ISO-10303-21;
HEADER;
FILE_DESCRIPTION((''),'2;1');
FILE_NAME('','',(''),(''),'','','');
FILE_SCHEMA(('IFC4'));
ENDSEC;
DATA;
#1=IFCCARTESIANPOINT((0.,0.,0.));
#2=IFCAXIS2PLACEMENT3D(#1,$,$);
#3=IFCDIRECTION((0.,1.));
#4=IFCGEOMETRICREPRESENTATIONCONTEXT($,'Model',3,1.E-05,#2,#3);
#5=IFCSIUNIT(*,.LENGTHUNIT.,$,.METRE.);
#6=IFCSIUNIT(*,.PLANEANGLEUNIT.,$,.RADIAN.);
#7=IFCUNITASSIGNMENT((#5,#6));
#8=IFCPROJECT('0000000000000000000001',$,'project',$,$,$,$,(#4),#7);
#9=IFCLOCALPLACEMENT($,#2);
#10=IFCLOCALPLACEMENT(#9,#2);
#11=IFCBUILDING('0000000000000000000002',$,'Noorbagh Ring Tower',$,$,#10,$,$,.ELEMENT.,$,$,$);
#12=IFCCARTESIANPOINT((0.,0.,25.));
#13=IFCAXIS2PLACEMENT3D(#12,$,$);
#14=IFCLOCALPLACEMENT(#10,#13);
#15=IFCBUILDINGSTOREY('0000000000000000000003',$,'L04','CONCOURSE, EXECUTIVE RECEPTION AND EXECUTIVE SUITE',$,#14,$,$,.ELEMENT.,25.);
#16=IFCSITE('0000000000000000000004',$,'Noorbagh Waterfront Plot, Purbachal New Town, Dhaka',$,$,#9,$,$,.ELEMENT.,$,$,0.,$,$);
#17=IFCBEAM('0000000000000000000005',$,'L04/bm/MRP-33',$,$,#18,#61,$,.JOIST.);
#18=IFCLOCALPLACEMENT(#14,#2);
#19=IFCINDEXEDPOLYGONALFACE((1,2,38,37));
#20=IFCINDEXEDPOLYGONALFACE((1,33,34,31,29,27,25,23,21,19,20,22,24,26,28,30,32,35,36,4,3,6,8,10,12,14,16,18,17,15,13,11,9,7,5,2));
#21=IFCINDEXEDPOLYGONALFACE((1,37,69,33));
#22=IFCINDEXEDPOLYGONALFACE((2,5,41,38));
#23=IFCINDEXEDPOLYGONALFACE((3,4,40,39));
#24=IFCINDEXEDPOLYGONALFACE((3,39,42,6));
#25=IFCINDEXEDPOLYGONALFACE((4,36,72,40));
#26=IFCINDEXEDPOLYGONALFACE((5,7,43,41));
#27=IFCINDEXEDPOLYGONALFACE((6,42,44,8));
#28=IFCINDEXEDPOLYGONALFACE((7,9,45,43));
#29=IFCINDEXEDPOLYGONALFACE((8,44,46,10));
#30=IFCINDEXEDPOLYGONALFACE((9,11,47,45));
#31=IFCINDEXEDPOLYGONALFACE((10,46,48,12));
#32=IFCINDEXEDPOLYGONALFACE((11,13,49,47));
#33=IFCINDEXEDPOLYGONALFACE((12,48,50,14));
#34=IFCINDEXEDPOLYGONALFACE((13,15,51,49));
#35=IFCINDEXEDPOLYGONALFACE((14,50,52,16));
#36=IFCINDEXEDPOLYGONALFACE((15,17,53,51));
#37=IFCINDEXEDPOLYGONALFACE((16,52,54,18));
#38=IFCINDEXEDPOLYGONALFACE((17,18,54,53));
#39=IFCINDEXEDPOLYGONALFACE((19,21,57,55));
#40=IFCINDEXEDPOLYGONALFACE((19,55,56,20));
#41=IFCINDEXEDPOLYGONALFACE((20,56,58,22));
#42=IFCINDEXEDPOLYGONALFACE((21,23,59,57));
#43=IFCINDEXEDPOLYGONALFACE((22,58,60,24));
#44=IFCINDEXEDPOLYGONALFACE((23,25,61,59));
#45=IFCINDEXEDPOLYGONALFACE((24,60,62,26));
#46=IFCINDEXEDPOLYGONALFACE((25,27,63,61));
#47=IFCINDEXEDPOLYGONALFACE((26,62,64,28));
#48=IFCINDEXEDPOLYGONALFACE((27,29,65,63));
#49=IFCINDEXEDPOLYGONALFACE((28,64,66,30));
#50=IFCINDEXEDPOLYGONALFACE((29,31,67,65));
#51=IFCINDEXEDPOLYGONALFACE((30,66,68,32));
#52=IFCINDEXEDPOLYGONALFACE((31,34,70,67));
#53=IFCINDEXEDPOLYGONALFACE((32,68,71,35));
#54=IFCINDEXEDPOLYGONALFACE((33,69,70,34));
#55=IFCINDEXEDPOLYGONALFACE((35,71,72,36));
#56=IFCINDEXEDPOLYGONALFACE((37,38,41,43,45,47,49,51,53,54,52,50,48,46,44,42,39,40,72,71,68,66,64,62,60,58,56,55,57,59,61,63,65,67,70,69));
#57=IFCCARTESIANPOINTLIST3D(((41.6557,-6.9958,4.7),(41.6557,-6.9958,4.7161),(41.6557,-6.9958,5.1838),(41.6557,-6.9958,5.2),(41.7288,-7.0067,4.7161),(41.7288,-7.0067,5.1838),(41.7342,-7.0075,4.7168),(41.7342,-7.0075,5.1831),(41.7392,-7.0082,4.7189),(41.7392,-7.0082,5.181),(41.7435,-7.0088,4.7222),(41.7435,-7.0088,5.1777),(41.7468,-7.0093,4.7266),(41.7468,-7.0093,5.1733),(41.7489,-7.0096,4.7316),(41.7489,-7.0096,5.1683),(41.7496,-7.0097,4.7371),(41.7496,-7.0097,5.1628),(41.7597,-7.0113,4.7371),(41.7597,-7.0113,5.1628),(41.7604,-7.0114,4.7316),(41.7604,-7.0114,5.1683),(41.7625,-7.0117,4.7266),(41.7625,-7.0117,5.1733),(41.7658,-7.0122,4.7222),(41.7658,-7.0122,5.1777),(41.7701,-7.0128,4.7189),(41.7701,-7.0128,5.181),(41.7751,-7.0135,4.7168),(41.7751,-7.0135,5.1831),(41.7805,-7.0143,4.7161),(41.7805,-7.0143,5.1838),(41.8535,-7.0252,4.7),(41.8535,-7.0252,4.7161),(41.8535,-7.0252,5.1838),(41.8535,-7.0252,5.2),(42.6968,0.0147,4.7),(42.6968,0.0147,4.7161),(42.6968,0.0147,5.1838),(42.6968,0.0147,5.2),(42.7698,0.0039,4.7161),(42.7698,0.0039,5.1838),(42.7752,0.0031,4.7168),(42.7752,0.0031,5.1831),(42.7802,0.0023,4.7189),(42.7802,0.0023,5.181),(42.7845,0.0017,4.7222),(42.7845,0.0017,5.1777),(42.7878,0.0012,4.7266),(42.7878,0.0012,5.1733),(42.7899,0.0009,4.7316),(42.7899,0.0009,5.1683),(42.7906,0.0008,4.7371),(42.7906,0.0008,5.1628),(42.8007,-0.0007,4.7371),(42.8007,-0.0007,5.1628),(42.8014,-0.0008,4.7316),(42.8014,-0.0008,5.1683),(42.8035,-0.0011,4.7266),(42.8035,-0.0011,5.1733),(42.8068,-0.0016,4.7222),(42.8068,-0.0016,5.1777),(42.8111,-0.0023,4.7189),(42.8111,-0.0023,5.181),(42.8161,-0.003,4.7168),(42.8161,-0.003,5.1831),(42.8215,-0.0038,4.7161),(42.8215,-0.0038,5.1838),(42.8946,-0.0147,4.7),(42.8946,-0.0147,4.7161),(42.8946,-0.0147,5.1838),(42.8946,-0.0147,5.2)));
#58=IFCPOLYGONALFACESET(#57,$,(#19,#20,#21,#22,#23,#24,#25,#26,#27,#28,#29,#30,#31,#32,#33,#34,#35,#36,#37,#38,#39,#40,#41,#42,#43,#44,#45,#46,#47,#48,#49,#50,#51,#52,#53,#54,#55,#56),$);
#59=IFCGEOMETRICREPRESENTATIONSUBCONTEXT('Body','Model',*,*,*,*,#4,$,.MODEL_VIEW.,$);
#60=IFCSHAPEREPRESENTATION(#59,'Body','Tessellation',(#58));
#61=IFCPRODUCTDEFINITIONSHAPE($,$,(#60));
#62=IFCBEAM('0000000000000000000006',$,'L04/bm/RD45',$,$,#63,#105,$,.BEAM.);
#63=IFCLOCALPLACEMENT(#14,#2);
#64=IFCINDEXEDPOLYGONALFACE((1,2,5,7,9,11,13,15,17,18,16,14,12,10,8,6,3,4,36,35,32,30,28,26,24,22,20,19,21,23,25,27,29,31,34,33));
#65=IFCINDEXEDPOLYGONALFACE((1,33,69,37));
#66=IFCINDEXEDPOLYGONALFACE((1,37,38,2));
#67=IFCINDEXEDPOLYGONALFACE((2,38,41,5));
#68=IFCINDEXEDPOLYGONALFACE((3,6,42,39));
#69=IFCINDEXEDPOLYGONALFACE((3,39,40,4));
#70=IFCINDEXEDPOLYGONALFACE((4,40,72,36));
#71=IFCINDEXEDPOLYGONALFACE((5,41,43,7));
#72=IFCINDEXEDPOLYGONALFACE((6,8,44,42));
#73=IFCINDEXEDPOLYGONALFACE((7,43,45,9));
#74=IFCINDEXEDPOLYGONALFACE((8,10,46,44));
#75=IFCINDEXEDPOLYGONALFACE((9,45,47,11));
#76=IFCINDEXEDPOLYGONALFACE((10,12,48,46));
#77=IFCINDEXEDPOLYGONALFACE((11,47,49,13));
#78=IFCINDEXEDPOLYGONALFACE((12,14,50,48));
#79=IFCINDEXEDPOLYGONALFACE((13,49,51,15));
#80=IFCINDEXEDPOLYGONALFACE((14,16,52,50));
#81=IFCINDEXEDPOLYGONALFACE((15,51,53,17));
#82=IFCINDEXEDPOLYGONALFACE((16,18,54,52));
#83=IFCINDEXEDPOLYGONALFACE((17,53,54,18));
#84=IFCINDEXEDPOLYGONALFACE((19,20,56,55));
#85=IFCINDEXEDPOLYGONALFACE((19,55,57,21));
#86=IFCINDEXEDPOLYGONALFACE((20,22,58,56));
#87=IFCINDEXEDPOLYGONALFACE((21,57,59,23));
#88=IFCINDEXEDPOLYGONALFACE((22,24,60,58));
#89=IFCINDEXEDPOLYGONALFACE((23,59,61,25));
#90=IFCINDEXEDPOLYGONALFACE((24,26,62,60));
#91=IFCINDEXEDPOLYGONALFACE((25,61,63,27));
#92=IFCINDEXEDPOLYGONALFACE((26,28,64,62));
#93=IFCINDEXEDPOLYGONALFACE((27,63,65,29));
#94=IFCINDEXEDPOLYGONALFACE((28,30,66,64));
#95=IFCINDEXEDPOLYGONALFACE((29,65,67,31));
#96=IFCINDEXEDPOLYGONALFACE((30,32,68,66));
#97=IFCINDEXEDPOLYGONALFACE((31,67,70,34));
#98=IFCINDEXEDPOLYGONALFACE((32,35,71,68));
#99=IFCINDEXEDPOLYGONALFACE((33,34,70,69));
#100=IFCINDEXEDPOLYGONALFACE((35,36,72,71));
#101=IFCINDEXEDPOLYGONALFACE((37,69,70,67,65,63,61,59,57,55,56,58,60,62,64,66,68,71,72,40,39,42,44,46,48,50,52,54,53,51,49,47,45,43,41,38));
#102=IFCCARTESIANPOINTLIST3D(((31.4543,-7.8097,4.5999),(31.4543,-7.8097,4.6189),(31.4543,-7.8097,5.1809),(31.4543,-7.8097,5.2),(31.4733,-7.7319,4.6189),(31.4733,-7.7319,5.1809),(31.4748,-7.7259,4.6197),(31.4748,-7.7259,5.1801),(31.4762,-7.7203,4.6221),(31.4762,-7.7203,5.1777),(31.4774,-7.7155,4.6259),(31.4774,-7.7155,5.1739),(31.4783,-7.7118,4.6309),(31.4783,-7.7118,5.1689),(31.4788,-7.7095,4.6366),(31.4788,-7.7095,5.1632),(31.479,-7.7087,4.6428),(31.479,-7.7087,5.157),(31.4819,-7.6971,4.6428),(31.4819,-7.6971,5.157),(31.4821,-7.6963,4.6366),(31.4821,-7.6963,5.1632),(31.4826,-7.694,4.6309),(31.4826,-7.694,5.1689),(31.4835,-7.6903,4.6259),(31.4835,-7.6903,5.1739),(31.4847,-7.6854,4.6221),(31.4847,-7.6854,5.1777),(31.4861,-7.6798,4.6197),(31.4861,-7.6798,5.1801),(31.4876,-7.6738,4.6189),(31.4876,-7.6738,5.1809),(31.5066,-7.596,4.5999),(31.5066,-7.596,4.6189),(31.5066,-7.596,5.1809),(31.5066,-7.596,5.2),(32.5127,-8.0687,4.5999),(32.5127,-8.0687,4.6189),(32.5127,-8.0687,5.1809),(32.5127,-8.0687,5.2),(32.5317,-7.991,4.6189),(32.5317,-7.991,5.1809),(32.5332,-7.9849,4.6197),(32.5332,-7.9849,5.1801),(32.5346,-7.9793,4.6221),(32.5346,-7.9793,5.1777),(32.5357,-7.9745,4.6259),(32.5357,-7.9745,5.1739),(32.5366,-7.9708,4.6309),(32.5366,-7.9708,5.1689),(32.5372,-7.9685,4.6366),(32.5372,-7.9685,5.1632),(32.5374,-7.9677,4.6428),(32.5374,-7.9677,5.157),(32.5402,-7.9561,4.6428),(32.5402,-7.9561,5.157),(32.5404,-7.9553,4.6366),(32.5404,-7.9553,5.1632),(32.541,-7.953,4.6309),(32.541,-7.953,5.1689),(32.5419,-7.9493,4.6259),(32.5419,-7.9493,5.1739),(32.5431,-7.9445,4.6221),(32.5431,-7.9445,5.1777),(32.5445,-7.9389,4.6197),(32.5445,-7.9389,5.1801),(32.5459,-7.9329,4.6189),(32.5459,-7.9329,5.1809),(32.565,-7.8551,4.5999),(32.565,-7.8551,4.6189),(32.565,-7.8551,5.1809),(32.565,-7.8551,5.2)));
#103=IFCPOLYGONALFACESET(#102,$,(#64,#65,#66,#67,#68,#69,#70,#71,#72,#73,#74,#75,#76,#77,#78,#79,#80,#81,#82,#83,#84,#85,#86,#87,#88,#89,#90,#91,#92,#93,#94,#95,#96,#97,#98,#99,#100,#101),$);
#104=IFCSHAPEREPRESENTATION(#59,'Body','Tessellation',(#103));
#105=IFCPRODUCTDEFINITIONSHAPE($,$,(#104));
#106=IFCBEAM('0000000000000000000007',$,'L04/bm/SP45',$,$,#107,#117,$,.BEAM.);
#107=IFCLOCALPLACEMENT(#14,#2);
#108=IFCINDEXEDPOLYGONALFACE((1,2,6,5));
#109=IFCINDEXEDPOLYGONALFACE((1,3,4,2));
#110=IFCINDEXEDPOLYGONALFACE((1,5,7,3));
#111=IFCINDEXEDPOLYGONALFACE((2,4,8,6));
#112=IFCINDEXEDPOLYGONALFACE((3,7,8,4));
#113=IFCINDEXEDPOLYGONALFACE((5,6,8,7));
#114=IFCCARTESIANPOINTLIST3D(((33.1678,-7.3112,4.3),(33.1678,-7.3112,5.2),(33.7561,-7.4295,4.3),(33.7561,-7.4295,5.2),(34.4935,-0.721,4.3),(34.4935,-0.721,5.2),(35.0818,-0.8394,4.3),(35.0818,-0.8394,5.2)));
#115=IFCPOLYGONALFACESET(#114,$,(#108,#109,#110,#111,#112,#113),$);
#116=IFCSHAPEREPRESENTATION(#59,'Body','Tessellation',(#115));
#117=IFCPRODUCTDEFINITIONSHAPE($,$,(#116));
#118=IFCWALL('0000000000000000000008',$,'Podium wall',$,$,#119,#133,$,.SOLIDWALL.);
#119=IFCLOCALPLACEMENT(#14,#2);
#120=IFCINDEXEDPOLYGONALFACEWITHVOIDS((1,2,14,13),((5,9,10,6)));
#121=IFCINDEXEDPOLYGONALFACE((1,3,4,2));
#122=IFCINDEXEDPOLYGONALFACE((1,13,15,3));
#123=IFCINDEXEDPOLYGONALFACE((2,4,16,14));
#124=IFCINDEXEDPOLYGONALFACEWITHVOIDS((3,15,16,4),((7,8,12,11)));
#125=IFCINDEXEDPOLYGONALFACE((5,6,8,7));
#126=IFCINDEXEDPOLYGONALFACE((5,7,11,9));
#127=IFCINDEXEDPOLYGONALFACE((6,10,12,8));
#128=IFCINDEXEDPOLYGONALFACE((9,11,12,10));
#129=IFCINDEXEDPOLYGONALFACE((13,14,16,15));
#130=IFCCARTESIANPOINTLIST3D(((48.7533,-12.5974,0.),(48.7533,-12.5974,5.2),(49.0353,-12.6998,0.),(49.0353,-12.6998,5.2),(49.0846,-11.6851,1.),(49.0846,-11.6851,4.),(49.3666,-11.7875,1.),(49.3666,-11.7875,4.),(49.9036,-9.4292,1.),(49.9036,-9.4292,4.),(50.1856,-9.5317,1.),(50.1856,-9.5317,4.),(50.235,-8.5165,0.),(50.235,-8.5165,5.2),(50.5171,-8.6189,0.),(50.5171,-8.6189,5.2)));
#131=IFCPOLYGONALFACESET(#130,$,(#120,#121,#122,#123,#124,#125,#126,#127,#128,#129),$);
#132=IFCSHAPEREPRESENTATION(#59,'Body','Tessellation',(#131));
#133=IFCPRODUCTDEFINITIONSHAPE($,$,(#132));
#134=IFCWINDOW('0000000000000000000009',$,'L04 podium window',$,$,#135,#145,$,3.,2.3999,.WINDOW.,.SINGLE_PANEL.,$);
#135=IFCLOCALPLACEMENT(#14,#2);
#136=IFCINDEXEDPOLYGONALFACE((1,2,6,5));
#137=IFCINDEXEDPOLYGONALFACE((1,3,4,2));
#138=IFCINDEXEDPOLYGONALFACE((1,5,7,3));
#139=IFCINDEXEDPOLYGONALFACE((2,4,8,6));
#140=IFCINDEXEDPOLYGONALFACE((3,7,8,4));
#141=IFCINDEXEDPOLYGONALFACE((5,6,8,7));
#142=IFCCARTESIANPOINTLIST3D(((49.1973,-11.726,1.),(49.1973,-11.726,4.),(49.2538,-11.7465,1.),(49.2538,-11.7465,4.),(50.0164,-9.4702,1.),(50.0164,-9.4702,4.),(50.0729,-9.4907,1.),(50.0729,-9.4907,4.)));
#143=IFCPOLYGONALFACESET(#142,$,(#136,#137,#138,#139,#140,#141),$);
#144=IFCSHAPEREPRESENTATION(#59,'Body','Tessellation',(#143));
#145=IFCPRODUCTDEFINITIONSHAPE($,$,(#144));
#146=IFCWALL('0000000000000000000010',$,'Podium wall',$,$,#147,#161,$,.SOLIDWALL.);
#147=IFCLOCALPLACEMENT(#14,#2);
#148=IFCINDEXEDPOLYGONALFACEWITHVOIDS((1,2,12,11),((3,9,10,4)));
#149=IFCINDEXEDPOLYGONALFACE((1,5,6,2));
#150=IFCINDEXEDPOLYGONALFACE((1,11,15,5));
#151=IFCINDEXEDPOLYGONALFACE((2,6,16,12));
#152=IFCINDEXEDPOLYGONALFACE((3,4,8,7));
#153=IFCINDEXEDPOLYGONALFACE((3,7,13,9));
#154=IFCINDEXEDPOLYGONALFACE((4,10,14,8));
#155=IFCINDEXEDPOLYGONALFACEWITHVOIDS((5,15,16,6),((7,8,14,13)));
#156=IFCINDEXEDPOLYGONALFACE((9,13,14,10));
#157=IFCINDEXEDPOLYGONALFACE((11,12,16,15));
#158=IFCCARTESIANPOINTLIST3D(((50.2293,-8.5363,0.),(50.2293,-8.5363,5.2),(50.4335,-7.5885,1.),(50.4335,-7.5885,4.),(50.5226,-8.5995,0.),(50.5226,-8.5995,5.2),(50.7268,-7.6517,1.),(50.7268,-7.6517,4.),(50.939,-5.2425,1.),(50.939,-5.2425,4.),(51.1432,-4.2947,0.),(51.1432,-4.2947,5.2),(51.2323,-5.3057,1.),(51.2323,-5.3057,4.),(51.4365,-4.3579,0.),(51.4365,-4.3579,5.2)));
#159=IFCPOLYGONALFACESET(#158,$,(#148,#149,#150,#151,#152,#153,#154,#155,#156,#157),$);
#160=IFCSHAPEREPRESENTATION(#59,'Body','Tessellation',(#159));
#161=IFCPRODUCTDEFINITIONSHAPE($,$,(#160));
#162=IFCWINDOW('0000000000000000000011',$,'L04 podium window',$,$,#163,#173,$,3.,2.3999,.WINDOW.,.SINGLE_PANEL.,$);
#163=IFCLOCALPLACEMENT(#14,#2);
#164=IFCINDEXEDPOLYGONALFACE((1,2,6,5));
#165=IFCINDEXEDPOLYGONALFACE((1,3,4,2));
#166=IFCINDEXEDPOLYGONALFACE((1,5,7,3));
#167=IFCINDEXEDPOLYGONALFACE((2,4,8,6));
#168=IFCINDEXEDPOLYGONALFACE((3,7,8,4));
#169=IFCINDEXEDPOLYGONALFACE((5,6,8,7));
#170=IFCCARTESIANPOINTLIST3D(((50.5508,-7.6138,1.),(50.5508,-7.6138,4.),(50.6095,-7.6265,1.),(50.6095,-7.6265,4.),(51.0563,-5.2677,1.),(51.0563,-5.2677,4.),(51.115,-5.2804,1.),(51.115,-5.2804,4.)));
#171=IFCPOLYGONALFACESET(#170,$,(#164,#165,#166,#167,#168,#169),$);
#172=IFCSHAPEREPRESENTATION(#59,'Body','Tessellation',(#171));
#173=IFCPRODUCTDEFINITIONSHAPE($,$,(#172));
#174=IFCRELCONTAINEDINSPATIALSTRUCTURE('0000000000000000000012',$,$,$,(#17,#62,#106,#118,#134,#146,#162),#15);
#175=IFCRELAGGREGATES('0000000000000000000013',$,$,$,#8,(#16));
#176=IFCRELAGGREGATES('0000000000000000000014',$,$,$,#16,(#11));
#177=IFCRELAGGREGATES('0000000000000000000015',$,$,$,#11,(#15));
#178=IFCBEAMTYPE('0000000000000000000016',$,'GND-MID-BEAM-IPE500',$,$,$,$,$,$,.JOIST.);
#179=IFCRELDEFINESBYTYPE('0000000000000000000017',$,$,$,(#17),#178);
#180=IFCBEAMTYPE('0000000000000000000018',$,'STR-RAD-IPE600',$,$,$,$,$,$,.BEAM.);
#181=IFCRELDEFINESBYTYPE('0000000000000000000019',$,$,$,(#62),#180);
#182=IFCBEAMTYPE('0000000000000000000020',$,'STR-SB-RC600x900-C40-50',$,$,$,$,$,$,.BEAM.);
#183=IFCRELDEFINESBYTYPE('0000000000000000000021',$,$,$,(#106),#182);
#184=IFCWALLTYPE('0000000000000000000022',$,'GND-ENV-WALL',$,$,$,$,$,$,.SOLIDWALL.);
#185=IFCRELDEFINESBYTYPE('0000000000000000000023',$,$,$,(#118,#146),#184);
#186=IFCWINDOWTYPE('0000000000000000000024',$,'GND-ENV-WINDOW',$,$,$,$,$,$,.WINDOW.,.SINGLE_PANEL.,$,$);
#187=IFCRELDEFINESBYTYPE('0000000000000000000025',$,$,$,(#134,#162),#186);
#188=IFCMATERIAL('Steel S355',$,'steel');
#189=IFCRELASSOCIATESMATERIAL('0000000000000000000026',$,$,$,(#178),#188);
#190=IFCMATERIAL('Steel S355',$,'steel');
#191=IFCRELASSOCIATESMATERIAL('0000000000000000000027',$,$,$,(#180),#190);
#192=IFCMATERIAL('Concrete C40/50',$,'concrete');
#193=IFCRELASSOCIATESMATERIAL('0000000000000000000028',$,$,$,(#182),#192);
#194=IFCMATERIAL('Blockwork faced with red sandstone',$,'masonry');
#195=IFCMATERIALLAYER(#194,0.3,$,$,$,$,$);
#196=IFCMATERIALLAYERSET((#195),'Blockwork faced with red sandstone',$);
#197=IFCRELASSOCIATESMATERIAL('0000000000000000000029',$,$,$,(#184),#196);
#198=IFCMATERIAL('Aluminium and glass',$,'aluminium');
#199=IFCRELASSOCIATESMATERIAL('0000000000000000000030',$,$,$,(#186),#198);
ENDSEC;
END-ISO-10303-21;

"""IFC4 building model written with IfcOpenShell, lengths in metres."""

from ifc_helpers import new_model, si_unit, direction, frame, frame_2d, origin, origin_2d, place, context, subcontext, project, spatial, rectangle, i_section, extrude, material, layer, layer_set, material_profile, profile_set, type_object, element, fill, save


model = new_model("IFC4")

# Units and contexts
model_context = context("Model", 3, precision=1e-05, world=origin(), true_north=direction((0.0, 1.0)))
body_context = subcontext(model_context, "Body", "Model", "MODEL_VIEW")
ifc_project = project(units=[si_unit("LENGTHUNIT", "METRE"), si_unit("PLANEANGLEUNIT", "RADIAN")], contexts=[model_context])

# Site, building, storey
site_placement = place(None, origin())
site = spatial("IfcSite", under=ifc_project, at=site_placement, Name="Noorbagh Waterfront Plot, Purbachal New Town, Dhaka", CompositionType="ELEMENT", RefElevation=0.0)
building_placement = place(site_placement, origin())
building = spatial("IfcBuilding", under=site, at=building_placement, Name="Noorbagh Ring Tower", CompositionType="ELEMENT")
storey_placement = place(building_placement, frame((0.0, 0.0, 25.0)))
storey = spatial("IfcBuildingStorey", under=building, at=storey_placement, Name="L04", Description="CONCOURSE, EXECUTIVE RECEPTION AND EXECUTIVE SUITE", CompositionType="ELEMENT", Elevation=25.0)

# Beams
ifc_material_1 = material(Name="Steel S355", Category="steel")
ifc_material_profile_1 = material_profile(ifc_material_1, i_section(OverallWidth=0.2, OverallDepth=0.5, WebThickness=0.0103, FlangeThickness=0.0161, FilletRadius=0.021, at=origin_2d()), Name="IPE500")
ifc_profile_set_1 = profile_set([ifc_material_profile_1], Name="Steel S355")
beam_type_1 = type_object("IfcBeamType", Name="GND-MID-BEAM-IPE500", PredefinedType="JOIST", material=ifc_profile_set_1)
beam_1_placement = place(storey_placement, frame((41.7546, -7.0105, 4.95), z_axis=(0.146883, 0.989154, 0.0), x_axis=(-0.989154, 0.146883, 0.0)))
element("IfcBeam", 1, at=beam_1_placement, inside=storey, type_object=beam_type_1, Name="L04/bm/MRP-33", PredefinedType="JOIST", context=body_context, shape_type="SweptSolid", body=[
    extrude(i_section(OverallWidth=0.2, OverallDepth=0.5, WebThickness=0.0103, FlangeThickness=0.0161, FilletRadius=0.021, at=origin_2d()), origin(), (0.0, 0.0, 1.0), 7.0874),
])
ifc_material_2 = material(Name="Steel S355", Category="steel")
ifc_material_profile_2 = material_profile(ifc_material_2, i_section(OverallWidth=0.22, OverallDepth=0.6001, WebThickness=0.012, FlangeThickness=0.019, FilletRadius=0.0239, at=origin_2d()), Name="IPE600")
ifc_profile_set_2 = profile_set([ifc_material_profile_2], Name="Steel S355")
beam_type_2 = type_object("IfcBeamType", Name="STR-RAD-IPE600", PredefinedType="BEAM", material=ifc_profile_set_2)
beam_2_placement = place(storey_placement, frame((32.5388, -7.9619, 4.8999), z_axis=(-0.97133, 0.237735, 0.0), x_axis=(-0.237735, -0.97133, 0.0)))
element("IfcBeam", 2, at=beam_2_placement, inside=storey, type_object=beam_type_2, Name="L04/bm/RD45", PredefinedType="BEAM", context=body_context, shape_type="SweptSolid", body=[
    extrude(i_section(OverallWidth=0.22, OverallDepth=0.6001, WebThickness=0.012, FlangeThickness=0.019, FilletRadius=0.0239, at=origin_2d()), origin(), (0.0, 0.0, 1.0), 1.0896),
])
ifc_material_3 = material(Name="Concrete C40/50", Category="concrete")
ifc_material_profile_3 = material_profile(ifc_material_3, rectangle(XDim=0.6001, YDim=0.8999, at=origin_2d()), Name="RC600x900")
ifc_profile_set_3 = profile_set([ifc_material_profile_3], Name="Concrete C40/50")
beam_type_3 = type_object("IfcBeamType", Name="STR-SB-RC600x900-C40-50", PredefinedType="BEAM", material=ifc_profile_set_3)
beam_3_placement = place(storey_placement, frame((33.4619, -7.3704, 4.75), z_axis=(0.197213, 0.980361, 0.0), x_axis=(-0.980361, 0.197213, 0.0)))
element("IfcBeam", 3, at=beam_3_placement, inside=storey, type_object=beam_type_3, Name="L04/bm/SP45", PredefinedType="BEAM", context=body_context, shape_type="SweptSolid", body=[
    extrude(rectangle(XDim=0.6001, YDim=0.8999, at=origin_2d()), origin(), (0.0, 0.0, 1.0), 6.7222),
])

# Walls, openings, windows
ifc_material_4 = material(Name="Blockwork faced with red sandstone", Category="masonry")
ifc_layer_1 = layer(ifc_material_4, 0.3)
ifc_layer_set_1 = layer_set([ifc_layer_1], Name="Blockwork faced with red sandstone")
wall_type_1 = type_object("IfcWallType", Name="GND-ENV-WALL", PredefinedType="SOLIDWALL", material=ifc_layer_set_1)
wall_1_placement = place(storey_placement, frame((48.8943, -12.6487, 0.0), z_axis=(0.0, 0.0, 1.0), x_axis=(0.341287, 0.939959, 0.0)))
wall_1 = element("IfcWall", 4, at=wall_1_placement, inside=storey, type_object=wall_type_1, Name="Podium wall", PredefinedType="SOLIDWALL", context=body_context, shape_type="SweptSolid", body=[
    extrude(rectangle(XDim=4.3416, YDim=0.3, at=frame_2d((2.1709, 0.0))), origin(), (0.0, 0.0, 1.0), 5.2),
])
opening_1_placement = place(wall_1_placement, frame((0.9707, 0.0, 1.0)))
opening_1 = element("IfcOpeningElement", 5, at=opening_1_placement, cuts=wall_1, PredefinedType="OPENING", context=body_context, shape_type="SweptSolid", body=[
    extrude(rectangle(XDim=2.3999, YDim=3.0, at=frame_2d((1.2, 1.5))), frame((0.0, 0.1602, 0.0), z_axis=(0.0, -1.0, 0.0), x_axis=(1.0, 0.0, 0.0)), (0.0, 0.0, 1.0), 0.3201),
])
ifc_material_5 = material(Name="Aluminium and glass", Category="aluminium")
window_type = type_object("IfcWindowType", Name="GND-ENV-WINDOW", PartitioningType="SINGLE_PANEL", PredefinedType="WINDOW", material=ifc_material_5)
window_1_placement = place(opening_1_placement, origin())
window_1 = element("IfcWindow", 6, at=window_1_placement, inside=storey, type_object=window_type, Name="L04 podium window", OverallHeight=3.0, OverallWidth=2.3999, PartitioningType="SINGLE_PANEL", PredefinedType="WINDOW", context=body_context, shape_type="SweptSolid", body=[
    extrude(rectangle(XDim=2.3999, YDim=3.0, at=frame_2d((1.2, 1.5))), frame((0.0, 0.03, 0.0), z_axis=(0.0, -1.0, 0.0), x_axis=(1.0, 0.0, 0.0)), (0.0, 0.0, 1.0), 0.0601),
])
fill(opening_1, window_1)
wall_2_placement = place(storey_placement, frame((50.376, -8.5679, 0.0), z_axis=(0.0, 0.0, 1.0), x_axis=(0.210616, 0.977569, 0.0)))
wall_2 = element("IfcWall", 7, at=wall_2_placement, inside=storey, type_object=wall_type_1, Name="Podium wall", PredefinedType="SOLIDWALL", context=body_context, shape_type="SweptSolid", body=[
    extrude(rectangle(XDim=4.3389, YDim=0.3, at=frame_2d((2.1694, 0.0))), origin(), (0.0, 0.0, 1.0), 5.2),
])
opening_2_placement = place(wall_2_placement, frame((0.9695, 0.0, 1.0)))
opening_2 = element("IfcOpeningElement", 8, at=opening_2_placement, cuts=wall_2, PredefinedType="OPENING", context=body_context, shape_type="SweptSolid", body=[
    extrude(rectangle(XDim=2.3999, YDim=3.0, at=frame_2d((1.2, 1.5))), frame((0.0, 0.1602, 0.0), z_axis=(0.0, -1.0, 0.0), x_axis=(1.0, 0.0, 0.0)), (0.0, 0.0, 1.0), 0.3201),
])
window_2_placement = place(opening_2_placement, origin())
window_2 = element("IfcWindow", 9, at=window_2_placement, inside=storey, type_object=window_type, Name="L04 podium window", OverallHeight=3.0, OverallWidth=2.3999, PartitioningType="SINGLE_PANEL", PredefinedType="WINDOW", context=body_context, shape_type="SweptSolid", body=[
    extrude(rectangle(XDim=2.3999, YDim=3.0, at=frame_2d((1.2, 1.5))), frame((0.0, 0.03, 0.0), z_axis=(0.0, -1.0, 0.0), x_axis=(1.0, 0.0, 0.0)), (0.0, 0.0, 1.0), 0.0601),
])
fill(opening_2, window_2)

save(model, "model.ifc")
